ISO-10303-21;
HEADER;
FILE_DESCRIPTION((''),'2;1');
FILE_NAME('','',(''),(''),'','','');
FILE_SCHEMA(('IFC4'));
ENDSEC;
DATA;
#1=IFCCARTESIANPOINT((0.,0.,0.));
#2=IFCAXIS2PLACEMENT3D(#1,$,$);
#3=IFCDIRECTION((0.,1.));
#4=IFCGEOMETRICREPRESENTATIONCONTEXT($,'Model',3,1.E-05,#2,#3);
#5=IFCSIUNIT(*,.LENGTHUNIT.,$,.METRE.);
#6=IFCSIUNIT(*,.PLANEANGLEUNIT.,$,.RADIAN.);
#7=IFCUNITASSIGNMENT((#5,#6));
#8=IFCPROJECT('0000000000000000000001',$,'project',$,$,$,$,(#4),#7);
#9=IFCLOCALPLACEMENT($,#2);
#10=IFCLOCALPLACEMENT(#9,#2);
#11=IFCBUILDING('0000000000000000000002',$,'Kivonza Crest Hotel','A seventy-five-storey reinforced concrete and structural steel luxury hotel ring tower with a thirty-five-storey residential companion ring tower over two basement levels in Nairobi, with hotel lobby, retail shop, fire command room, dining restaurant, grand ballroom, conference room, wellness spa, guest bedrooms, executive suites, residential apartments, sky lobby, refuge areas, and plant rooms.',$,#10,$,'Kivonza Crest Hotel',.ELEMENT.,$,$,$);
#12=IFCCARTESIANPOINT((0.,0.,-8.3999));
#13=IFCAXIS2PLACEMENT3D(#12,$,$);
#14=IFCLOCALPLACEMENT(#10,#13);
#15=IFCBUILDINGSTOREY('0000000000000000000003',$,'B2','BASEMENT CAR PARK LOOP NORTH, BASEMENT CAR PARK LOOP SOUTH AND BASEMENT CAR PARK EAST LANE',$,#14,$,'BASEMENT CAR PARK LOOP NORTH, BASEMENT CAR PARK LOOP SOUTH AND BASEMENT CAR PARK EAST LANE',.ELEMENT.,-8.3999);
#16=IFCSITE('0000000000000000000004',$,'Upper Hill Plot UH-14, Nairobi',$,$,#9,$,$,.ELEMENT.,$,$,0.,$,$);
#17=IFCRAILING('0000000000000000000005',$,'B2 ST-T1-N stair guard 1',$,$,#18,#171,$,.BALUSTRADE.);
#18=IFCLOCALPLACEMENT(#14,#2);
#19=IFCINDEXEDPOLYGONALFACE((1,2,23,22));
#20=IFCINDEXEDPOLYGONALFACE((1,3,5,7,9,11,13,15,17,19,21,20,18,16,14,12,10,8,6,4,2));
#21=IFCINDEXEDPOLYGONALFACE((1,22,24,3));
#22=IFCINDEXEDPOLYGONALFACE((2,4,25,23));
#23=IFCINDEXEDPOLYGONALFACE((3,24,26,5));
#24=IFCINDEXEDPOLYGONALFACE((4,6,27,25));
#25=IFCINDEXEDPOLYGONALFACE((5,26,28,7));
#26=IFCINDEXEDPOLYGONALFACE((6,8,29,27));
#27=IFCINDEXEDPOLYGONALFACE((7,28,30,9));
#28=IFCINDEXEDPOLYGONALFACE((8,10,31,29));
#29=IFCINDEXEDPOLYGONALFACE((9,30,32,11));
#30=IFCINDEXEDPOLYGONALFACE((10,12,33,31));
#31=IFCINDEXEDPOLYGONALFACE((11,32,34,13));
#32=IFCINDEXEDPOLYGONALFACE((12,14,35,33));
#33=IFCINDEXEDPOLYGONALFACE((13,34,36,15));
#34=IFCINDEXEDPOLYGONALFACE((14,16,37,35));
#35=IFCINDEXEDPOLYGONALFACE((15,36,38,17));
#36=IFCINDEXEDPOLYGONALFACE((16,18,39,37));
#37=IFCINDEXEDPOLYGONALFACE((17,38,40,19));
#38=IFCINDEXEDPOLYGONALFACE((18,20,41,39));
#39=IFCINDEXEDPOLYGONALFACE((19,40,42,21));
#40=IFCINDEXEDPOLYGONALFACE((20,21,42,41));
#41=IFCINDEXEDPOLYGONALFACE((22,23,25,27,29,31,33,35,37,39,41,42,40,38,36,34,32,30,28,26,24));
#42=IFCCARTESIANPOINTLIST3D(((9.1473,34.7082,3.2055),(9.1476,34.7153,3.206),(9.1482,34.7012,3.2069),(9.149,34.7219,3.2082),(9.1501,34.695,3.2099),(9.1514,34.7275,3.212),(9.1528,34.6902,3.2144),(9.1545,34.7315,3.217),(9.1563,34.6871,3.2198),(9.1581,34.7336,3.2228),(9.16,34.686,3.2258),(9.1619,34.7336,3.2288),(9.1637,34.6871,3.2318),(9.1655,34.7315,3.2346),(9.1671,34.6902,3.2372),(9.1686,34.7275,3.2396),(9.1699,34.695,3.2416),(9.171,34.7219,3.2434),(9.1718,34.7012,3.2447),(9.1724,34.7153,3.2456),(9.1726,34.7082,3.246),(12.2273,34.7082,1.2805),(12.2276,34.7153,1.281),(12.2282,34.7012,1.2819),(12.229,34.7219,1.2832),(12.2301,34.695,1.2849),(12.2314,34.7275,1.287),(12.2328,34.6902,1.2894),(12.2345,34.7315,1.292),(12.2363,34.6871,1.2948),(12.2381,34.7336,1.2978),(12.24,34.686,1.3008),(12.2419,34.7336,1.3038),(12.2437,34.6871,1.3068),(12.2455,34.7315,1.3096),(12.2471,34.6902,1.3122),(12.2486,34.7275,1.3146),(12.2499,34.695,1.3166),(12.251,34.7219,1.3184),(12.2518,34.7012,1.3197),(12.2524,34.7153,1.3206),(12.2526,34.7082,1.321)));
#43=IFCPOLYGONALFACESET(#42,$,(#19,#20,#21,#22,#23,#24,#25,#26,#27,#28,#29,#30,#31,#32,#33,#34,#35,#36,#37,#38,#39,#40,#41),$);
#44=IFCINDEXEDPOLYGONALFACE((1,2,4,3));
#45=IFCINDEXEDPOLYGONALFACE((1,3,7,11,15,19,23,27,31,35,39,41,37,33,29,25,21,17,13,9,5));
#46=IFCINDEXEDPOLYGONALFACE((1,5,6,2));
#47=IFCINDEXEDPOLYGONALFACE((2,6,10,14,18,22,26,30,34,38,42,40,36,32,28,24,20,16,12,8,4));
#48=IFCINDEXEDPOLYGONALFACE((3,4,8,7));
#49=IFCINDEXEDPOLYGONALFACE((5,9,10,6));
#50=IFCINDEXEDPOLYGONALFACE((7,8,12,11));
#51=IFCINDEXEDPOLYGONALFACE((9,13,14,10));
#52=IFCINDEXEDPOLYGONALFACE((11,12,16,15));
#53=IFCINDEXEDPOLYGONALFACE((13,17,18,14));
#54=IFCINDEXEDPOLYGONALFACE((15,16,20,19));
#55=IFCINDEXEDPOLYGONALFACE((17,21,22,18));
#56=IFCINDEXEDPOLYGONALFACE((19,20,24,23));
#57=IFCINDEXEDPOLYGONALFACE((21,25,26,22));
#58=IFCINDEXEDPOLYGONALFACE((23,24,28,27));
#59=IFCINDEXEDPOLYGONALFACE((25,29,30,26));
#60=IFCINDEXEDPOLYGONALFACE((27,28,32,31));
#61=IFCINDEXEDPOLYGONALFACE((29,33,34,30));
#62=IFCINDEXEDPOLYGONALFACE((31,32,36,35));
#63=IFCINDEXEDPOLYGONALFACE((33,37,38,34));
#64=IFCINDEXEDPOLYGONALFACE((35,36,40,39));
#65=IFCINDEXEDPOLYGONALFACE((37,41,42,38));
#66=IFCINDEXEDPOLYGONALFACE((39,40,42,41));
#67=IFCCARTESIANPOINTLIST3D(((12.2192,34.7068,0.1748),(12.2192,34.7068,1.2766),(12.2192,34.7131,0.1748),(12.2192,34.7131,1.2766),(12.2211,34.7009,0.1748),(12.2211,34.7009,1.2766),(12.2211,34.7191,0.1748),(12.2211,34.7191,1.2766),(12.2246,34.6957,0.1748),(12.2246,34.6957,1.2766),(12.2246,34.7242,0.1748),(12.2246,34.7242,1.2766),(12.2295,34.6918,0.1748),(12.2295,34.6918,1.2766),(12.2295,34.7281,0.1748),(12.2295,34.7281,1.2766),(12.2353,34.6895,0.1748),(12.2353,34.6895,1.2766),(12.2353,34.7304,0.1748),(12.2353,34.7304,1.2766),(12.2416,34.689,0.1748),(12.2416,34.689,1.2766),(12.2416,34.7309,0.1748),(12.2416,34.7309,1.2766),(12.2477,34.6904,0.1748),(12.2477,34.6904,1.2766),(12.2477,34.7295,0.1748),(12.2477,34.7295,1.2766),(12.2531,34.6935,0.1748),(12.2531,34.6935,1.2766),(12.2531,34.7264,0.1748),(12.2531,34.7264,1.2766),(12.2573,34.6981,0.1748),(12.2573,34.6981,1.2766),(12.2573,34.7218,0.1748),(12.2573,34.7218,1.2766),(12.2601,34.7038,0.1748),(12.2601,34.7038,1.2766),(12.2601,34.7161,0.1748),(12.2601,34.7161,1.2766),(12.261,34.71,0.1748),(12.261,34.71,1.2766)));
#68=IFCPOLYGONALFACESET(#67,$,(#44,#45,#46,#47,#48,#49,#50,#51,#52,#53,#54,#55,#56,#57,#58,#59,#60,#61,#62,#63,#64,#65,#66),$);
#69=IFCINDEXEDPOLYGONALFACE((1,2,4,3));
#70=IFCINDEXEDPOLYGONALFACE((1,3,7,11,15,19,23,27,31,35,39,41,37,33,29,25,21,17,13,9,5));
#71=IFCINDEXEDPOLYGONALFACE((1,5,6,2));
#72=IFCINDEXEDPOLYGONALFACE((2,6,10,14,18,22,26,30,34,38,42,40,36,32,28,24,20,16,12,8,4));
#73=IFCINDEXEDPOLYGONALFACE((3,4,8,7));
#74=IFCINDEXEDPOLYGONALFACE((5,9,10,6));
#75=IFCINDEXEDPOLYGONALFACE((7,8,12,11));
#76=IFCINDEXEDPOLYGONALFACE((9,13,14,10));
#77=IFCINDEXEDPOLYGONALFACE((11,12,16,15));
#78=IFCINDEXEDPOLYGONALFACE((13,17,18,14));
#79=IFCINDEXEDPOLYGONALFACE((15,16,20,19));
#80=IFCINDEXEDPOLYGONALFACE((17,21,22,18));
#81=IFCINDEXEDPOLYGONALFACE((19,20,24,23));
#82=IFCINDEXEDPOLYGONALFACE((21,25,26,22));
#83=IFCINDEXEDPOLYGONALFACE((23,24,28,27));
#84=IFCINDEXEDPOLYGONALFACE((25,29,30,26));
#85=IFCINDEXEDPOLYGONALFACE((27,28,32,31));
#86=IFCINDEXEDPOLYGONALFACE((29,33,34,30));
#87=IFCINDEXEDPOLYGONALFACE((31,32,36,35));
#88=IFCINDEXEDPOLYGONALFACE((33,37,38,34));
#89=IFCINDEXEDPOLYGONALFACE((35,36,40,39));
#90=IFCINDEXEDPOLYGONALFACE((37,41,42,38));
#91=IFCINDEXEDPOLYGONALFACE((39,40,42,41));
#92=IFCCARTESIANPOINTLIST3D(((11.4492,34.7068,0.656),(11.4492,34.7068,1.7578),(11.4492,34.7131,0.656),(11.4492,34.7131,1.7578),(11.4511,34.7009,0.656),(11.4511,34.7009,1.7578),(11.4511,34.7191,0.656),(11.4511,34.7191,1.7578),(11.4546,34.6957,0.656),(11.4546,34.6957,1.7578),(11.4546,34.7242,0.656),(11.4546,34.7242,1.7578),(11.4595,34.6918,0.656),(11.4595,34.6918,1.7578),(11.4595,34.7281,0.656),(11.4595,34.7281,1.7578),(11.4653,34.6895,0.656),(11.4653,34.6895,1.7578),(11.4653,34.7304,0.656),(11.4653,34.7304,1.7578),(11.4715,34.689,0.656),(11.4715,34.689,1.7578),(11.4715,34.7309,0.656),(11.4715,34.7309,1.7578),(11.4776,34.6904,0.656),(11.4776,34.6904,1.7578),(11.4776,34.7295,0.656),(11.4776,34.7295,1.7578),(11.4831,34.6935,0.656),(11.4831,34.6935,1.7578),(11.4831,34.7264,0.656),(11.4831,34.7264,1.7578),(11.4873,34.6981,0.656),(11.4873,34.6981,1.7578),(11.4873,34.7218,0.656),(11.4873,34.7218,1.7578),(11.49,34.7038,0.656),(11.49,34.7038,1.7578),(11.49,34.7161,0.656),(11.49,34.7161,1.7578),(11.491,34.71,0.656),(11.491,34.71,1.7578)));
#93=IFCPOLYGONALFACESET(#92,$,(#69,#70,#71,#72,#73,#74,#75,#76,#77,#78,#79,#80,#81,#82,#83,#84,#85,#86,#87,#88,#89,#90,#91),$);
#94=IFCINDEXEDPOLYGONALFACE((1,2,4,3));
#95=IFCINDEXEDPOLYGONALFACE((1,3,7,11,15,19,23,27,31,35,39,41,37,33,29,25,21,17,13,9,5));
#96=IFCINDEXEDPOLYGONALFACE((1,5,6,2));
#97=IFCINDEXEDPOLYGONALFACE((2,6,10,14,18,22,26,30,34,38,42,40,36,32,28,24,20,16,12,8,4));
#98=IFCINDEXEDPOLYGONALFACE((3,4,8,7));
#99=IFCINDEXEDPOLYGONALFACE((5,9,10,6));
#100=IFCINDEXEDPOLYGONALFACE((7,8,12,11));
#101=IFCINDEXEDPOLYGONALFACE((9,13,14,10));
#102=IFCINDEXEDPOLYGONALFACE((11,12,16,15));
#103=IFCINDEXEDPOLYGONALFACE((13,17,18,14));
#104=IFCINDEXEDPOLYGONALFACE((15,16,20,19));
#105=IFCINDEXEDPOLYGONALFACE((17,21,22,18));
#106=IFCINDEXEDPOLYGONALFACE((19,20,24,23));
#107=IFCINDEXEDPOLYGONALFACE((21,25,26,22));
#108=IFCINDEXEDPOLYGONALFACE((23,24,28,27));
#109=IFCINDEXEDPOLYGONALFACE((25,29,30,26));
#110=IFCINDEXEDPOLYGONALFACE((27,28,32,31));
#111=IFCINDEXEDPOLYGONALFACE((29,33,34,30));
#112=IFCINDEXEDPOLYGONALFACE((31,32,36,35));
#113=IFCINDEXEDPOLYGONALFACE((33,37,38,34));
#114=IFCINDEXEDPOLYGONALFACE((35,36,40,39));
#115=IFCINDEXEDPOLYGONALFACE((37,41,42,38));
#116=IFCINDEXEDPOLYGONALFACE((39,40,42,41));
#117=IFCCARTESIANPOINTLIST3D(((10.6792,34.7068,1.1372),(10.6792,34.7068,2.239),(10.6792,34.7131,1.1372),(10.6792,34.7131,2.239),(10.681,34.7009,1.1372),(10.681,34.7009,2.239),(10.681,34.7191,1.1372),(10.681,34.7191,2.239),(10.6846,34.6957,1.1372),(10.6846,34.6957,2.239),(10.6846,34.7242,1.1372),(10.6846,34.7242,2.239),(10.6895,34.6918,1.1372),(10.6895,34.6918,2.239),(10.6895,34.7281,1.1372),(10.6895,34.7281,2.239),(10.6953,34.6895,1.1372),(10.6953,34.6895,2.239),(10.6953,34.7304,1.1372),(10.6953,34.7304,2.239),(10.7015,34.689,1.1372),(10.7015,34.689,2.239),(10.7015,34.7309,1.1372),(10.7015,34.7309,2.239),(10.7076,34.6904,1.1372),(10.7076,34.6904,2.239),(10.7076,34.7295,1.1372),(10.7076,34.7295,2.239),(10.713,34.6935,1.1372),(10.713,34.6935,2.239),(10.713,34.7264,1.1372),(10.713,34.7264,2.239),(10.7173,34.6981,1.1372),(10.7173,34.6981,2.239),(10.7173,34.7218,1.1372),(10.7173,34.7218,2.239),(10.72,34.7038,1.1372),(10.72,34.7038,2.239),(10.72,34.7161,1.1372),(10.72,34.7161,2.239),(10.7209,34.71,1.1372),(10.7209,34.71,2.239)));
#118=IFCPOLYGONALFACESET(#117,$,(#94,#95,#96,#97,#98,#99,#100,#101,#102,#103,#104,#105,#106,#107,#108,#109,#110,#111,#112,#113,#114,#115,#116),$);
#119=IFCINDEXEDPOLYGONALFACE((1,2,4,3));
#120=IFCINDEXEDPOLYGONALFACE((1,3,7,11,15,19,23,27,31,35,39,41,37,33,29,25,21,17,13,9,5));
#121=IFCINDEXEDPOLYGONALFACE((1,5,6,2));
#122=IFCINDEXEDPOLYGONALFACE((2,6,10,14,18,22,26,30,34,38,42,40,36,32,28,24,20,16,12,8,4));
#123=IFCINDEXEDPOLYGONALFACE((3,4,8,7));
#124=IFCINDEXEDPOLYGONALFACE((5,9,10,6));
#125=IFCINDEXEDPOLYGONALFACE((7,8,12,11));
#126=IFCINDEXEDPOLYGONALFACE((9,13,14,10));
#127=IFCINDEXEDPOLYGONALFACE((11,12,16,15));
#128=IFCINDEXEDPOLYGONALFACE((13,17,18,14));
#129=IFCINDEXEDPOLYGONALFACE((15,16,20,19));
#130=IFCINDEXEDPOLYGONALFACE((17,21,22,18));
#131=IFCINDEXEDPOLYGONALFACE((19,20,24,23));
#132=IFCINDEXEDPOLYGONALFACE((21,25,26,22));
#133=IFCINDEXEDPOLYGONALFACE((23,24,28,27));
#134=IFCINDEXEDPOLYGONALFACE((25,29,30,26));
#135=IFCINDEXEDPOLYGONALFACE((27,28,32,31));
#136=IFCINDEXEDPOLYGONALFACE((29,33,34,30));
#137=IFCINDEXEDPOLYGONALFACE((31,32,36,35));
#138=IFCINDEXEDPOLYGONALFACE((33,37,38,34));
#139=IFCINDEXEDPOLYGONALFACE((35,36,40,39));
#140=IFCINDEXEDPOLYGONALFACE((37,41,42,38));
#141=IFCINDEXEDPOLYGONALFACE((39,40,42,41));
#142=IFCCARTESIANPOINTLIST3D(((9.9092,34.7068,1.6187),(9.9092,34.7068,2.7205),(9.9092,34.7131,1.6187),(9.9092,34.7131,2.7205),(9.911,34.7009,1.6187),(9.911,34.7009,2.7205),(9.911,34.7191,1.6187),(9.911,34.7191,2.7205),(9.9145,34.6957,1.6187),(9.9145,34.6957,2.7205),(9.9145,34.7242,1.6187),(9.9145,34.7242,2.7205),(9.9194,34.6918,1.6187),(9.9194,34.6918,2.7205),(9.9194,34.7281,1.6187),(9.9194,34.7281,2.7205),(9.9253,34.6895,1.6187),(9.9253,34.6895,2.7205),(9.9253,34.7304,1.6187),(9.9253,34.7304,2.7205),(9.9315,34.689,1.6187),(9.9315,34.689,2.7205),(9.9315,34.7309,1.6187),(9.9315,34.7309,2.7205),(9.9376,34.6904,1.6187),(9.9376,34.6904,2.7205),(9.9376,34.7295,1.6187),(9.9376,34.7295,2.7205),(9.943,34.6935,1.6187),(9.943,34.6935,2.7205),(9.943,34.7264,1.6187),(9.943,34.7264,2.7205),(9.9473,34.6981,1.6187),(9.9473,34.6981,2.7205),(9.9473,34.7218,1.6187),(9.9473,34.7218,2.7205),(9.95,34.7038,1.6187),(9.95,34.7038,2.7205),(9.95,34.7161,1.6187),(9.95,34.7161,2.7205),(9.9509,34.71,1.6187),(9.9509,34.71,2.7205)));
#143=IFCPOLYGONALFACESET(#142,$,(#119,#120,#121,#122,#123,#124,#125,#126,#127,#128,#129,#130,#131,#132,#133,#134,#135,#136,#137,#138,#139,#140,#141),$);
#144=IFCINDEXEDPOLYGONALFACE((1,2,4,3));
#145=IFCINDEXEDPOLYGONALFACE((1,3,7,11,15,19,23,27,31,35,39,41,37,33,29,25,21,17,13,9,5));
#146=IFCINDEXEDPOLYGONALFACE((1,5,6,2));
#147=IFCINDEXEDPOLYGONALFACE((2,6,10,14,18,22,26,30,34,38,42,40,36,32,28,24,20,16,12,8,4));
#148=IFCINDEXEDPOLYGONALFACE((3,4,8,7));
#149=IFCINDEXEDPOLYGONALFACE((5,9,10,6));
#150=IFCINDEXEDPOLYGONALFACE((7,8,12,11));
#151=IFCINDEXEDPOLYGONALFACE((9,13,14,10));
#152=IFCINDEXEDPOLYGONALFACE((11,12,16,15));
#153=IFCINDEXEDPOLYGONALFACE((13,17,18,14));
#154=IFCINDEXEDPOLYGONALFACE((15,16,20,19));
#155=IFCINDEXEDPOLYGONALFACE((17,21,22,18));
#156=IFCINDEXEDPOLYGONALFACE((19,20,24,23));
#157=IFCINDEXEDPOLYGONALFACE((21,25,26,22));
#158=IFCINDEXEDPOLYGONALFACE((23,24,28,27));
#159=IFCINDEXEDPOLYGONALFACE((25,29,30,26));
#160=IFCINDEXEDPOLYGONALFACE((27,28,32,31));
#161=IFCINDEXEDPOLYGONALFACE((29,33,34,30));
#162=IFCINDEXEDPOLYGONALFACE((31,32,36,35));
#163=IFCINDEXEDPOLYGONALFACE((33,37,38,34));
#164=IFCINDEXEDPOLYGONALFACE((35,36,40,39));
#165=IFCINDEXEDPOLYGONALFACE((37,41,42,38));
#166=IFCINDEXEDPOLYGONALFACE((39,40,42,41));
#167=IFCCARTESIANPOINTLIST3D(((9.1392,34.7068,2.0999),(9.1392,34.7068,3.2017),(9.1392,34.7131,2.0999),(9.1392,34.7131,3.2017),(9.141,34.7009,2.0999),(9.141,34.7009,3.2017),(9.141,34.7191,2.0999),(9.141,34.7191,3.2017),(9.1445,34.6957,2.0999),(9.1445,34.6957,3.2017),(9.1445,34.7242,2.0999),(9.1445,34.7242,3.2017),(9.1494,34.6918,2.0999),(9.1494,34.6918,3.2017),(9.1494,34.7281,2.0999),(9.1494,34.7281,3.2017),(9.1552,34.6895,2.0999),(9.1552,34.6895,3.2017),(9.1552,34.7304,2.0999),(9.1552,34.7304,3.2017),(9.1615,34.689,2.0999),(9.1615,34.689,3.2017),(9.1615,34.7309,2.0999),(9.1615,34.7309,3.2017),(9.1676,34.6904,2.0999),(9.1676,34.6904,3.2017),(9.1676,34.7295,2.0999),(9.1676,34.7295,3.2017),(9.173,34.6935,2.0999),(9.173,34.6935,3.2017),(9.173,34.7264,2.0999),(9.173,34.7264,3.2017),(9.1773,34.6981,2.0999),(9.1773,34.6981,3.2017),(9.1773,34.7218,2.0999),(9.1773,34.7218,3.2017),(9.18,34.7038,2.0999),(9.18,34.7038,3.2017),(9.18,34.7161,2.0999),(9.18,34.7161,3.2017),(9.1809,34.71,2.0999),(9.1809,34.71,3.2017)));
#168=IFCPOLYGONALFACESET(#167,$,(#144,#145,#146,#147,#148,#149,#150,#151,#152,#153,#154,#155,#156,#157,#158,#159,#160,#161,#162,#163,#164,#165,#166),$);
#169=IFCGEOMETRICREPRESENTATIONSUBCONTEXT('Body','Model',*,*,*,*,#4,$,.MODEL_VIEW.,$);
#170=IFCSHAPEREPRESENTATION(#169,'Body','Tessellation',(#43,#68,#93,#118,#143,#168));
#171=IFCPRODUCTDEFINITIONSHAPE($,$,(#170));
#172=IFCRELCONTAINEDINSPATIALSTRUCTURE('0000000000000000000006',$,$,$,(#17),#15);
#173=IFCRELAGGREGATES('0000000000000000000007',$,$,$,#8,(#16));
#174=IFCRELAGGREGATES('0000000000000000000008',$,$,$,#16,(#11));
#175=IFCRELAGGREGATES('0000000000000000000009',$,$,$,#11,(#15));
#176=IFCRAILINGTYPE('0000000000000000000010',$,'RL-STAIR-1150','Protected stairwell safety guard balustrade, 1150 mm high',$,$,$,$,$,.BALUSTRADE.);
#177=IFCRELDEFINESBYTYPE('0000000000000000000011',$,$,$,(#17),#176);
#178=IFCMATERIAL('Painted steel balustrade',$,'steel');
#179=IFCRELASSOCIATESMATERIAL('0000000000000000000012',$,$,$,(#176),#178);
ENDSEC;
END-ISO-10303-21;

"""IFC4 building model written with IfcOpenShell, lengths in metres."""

from ifc_helpers import new_model, si_unit, direction, frame, origin, origin_2d, place, context, subcontext, project, spatial, circle, extrude, material, type_object, element, save


model = new_model("IFC4")

# Units and contexts
model_context = context("Model", 3, precision=1e-05, world=origin(), true_north=direction((0.0, 1.0)))
body_context = subcontext(model_context, "Body", "Model", "MODEL_VIEW")
ifc_project = project(units=[si_unit("LENGTHUNIT", "METRE"), si_unit("PLANEANGLEUNIT", "RADIAN")], contexts=[model_context])

# Site, building, storey
site_placement = place(None, origin())
site = spatial("IfcSite", under=ifc_project, at=site_placement, Name="Upper Hill Plot UH-14, Nairobi", CompositionType="ELEMENT", RefElevation=0.0)
building_placement = place(site_placement, origin())
building = spatial("IfcBuilding", under=site, at=building_placement, Name="Kivonza Crest Hotel", Description="A seventy-five-storey reinforced concrete and structural steel luxury hotel ring tower with a thirty-five-storey residential companion ring tower over two basement levels in Nairobi, with hotel lobby, retail shop, fire command room, dining restaurant, grand ballroom, conference room, wellness spa, guest bedrooms, executive suites, residential apartments, sky lobby, refuge areas, and plant rooms.", LongName="Kivonza Crest Hotel", CompositionType="ELEMENT")
storey_placement = place(building_placement, frame((0.0, 0.0, -8.3999)))
storey = spatial("IfcBuildingStorey", under=building, at=storey_placement, Name="B2", Description="BASEMENT CAR PARK LOOP NORTH, BASEMENT CAR PARK LOOP SOUTH AND BASEMENT CAR PARK EAST LANE", LongName="BASEMENT CAR PARK LOOP NORTH, BASEMENT CAR PARK LOOP SOUTH AND BASEMENT CAR PARK EAST LANE", CompositionType="ELEMENT", Elevation=-8.3999)

# Railing
ifc_material_1 = material(Name="Painted steel balustrade", Category="steel")
railing_type_1 = type_object("IfcRailingType", Name="RL-STAIR-1150", Description="Protected stairwell safety guard balustrade, 1150 mm high", PredefinedType="BALUSTRADE", material=ifc_material_1)
railing_1_placement = place(storey_placement, frame((12.24, 34.71, 0.1748)))
element("IfcRailing", 1, at=railing_1_placement, inside=storey, type_object=railing_type_1, Name="B2 ST-T1-N stair guard 1", PredefinedType="BALUSTRADE", context=body_context, shape_type="SweptSolid", body=[
    extrude(circle(Radius=0.0239, at=origin_2d()), frame((0.0, 0.0, 1.126), z_axis=(-0.847998, 0.0, 0.529999), x_axis=(0.0, -1.0, 0.0)), (0.0, 0.0, 1.0), 3.6321),
    extrude(circle(Radius=0.021, at=origin_2d()), origin(), (0.0, 0.0, 1.0), 1.1018),
    extrude(circle(Radius=0.021, at=origin_2d()), frame((-0.77, 0.0, 0.4812)), (0.0, 0.0, 1.0), 1.1018),
    extrude(circle(Radius=0.021, at=origin_2d()), frame((-1.54, 0.0, 0.9624)), (0.0, 0.0, 1.0), 1.1018),
    extrude(circle(Radius=0.021, at=origin_2d()), frame((-2.3101, 0.0, 1.4438)), (0.0, 0.0, 1.0), 1.1018),
    extrude(circle(Radius=0.021, at=origin_2d()), frame((-3.0801, 0.0, 1.925)), (0.0, 0.0, 1.0), 1.1018),
])

save(model, "model.ifc")
